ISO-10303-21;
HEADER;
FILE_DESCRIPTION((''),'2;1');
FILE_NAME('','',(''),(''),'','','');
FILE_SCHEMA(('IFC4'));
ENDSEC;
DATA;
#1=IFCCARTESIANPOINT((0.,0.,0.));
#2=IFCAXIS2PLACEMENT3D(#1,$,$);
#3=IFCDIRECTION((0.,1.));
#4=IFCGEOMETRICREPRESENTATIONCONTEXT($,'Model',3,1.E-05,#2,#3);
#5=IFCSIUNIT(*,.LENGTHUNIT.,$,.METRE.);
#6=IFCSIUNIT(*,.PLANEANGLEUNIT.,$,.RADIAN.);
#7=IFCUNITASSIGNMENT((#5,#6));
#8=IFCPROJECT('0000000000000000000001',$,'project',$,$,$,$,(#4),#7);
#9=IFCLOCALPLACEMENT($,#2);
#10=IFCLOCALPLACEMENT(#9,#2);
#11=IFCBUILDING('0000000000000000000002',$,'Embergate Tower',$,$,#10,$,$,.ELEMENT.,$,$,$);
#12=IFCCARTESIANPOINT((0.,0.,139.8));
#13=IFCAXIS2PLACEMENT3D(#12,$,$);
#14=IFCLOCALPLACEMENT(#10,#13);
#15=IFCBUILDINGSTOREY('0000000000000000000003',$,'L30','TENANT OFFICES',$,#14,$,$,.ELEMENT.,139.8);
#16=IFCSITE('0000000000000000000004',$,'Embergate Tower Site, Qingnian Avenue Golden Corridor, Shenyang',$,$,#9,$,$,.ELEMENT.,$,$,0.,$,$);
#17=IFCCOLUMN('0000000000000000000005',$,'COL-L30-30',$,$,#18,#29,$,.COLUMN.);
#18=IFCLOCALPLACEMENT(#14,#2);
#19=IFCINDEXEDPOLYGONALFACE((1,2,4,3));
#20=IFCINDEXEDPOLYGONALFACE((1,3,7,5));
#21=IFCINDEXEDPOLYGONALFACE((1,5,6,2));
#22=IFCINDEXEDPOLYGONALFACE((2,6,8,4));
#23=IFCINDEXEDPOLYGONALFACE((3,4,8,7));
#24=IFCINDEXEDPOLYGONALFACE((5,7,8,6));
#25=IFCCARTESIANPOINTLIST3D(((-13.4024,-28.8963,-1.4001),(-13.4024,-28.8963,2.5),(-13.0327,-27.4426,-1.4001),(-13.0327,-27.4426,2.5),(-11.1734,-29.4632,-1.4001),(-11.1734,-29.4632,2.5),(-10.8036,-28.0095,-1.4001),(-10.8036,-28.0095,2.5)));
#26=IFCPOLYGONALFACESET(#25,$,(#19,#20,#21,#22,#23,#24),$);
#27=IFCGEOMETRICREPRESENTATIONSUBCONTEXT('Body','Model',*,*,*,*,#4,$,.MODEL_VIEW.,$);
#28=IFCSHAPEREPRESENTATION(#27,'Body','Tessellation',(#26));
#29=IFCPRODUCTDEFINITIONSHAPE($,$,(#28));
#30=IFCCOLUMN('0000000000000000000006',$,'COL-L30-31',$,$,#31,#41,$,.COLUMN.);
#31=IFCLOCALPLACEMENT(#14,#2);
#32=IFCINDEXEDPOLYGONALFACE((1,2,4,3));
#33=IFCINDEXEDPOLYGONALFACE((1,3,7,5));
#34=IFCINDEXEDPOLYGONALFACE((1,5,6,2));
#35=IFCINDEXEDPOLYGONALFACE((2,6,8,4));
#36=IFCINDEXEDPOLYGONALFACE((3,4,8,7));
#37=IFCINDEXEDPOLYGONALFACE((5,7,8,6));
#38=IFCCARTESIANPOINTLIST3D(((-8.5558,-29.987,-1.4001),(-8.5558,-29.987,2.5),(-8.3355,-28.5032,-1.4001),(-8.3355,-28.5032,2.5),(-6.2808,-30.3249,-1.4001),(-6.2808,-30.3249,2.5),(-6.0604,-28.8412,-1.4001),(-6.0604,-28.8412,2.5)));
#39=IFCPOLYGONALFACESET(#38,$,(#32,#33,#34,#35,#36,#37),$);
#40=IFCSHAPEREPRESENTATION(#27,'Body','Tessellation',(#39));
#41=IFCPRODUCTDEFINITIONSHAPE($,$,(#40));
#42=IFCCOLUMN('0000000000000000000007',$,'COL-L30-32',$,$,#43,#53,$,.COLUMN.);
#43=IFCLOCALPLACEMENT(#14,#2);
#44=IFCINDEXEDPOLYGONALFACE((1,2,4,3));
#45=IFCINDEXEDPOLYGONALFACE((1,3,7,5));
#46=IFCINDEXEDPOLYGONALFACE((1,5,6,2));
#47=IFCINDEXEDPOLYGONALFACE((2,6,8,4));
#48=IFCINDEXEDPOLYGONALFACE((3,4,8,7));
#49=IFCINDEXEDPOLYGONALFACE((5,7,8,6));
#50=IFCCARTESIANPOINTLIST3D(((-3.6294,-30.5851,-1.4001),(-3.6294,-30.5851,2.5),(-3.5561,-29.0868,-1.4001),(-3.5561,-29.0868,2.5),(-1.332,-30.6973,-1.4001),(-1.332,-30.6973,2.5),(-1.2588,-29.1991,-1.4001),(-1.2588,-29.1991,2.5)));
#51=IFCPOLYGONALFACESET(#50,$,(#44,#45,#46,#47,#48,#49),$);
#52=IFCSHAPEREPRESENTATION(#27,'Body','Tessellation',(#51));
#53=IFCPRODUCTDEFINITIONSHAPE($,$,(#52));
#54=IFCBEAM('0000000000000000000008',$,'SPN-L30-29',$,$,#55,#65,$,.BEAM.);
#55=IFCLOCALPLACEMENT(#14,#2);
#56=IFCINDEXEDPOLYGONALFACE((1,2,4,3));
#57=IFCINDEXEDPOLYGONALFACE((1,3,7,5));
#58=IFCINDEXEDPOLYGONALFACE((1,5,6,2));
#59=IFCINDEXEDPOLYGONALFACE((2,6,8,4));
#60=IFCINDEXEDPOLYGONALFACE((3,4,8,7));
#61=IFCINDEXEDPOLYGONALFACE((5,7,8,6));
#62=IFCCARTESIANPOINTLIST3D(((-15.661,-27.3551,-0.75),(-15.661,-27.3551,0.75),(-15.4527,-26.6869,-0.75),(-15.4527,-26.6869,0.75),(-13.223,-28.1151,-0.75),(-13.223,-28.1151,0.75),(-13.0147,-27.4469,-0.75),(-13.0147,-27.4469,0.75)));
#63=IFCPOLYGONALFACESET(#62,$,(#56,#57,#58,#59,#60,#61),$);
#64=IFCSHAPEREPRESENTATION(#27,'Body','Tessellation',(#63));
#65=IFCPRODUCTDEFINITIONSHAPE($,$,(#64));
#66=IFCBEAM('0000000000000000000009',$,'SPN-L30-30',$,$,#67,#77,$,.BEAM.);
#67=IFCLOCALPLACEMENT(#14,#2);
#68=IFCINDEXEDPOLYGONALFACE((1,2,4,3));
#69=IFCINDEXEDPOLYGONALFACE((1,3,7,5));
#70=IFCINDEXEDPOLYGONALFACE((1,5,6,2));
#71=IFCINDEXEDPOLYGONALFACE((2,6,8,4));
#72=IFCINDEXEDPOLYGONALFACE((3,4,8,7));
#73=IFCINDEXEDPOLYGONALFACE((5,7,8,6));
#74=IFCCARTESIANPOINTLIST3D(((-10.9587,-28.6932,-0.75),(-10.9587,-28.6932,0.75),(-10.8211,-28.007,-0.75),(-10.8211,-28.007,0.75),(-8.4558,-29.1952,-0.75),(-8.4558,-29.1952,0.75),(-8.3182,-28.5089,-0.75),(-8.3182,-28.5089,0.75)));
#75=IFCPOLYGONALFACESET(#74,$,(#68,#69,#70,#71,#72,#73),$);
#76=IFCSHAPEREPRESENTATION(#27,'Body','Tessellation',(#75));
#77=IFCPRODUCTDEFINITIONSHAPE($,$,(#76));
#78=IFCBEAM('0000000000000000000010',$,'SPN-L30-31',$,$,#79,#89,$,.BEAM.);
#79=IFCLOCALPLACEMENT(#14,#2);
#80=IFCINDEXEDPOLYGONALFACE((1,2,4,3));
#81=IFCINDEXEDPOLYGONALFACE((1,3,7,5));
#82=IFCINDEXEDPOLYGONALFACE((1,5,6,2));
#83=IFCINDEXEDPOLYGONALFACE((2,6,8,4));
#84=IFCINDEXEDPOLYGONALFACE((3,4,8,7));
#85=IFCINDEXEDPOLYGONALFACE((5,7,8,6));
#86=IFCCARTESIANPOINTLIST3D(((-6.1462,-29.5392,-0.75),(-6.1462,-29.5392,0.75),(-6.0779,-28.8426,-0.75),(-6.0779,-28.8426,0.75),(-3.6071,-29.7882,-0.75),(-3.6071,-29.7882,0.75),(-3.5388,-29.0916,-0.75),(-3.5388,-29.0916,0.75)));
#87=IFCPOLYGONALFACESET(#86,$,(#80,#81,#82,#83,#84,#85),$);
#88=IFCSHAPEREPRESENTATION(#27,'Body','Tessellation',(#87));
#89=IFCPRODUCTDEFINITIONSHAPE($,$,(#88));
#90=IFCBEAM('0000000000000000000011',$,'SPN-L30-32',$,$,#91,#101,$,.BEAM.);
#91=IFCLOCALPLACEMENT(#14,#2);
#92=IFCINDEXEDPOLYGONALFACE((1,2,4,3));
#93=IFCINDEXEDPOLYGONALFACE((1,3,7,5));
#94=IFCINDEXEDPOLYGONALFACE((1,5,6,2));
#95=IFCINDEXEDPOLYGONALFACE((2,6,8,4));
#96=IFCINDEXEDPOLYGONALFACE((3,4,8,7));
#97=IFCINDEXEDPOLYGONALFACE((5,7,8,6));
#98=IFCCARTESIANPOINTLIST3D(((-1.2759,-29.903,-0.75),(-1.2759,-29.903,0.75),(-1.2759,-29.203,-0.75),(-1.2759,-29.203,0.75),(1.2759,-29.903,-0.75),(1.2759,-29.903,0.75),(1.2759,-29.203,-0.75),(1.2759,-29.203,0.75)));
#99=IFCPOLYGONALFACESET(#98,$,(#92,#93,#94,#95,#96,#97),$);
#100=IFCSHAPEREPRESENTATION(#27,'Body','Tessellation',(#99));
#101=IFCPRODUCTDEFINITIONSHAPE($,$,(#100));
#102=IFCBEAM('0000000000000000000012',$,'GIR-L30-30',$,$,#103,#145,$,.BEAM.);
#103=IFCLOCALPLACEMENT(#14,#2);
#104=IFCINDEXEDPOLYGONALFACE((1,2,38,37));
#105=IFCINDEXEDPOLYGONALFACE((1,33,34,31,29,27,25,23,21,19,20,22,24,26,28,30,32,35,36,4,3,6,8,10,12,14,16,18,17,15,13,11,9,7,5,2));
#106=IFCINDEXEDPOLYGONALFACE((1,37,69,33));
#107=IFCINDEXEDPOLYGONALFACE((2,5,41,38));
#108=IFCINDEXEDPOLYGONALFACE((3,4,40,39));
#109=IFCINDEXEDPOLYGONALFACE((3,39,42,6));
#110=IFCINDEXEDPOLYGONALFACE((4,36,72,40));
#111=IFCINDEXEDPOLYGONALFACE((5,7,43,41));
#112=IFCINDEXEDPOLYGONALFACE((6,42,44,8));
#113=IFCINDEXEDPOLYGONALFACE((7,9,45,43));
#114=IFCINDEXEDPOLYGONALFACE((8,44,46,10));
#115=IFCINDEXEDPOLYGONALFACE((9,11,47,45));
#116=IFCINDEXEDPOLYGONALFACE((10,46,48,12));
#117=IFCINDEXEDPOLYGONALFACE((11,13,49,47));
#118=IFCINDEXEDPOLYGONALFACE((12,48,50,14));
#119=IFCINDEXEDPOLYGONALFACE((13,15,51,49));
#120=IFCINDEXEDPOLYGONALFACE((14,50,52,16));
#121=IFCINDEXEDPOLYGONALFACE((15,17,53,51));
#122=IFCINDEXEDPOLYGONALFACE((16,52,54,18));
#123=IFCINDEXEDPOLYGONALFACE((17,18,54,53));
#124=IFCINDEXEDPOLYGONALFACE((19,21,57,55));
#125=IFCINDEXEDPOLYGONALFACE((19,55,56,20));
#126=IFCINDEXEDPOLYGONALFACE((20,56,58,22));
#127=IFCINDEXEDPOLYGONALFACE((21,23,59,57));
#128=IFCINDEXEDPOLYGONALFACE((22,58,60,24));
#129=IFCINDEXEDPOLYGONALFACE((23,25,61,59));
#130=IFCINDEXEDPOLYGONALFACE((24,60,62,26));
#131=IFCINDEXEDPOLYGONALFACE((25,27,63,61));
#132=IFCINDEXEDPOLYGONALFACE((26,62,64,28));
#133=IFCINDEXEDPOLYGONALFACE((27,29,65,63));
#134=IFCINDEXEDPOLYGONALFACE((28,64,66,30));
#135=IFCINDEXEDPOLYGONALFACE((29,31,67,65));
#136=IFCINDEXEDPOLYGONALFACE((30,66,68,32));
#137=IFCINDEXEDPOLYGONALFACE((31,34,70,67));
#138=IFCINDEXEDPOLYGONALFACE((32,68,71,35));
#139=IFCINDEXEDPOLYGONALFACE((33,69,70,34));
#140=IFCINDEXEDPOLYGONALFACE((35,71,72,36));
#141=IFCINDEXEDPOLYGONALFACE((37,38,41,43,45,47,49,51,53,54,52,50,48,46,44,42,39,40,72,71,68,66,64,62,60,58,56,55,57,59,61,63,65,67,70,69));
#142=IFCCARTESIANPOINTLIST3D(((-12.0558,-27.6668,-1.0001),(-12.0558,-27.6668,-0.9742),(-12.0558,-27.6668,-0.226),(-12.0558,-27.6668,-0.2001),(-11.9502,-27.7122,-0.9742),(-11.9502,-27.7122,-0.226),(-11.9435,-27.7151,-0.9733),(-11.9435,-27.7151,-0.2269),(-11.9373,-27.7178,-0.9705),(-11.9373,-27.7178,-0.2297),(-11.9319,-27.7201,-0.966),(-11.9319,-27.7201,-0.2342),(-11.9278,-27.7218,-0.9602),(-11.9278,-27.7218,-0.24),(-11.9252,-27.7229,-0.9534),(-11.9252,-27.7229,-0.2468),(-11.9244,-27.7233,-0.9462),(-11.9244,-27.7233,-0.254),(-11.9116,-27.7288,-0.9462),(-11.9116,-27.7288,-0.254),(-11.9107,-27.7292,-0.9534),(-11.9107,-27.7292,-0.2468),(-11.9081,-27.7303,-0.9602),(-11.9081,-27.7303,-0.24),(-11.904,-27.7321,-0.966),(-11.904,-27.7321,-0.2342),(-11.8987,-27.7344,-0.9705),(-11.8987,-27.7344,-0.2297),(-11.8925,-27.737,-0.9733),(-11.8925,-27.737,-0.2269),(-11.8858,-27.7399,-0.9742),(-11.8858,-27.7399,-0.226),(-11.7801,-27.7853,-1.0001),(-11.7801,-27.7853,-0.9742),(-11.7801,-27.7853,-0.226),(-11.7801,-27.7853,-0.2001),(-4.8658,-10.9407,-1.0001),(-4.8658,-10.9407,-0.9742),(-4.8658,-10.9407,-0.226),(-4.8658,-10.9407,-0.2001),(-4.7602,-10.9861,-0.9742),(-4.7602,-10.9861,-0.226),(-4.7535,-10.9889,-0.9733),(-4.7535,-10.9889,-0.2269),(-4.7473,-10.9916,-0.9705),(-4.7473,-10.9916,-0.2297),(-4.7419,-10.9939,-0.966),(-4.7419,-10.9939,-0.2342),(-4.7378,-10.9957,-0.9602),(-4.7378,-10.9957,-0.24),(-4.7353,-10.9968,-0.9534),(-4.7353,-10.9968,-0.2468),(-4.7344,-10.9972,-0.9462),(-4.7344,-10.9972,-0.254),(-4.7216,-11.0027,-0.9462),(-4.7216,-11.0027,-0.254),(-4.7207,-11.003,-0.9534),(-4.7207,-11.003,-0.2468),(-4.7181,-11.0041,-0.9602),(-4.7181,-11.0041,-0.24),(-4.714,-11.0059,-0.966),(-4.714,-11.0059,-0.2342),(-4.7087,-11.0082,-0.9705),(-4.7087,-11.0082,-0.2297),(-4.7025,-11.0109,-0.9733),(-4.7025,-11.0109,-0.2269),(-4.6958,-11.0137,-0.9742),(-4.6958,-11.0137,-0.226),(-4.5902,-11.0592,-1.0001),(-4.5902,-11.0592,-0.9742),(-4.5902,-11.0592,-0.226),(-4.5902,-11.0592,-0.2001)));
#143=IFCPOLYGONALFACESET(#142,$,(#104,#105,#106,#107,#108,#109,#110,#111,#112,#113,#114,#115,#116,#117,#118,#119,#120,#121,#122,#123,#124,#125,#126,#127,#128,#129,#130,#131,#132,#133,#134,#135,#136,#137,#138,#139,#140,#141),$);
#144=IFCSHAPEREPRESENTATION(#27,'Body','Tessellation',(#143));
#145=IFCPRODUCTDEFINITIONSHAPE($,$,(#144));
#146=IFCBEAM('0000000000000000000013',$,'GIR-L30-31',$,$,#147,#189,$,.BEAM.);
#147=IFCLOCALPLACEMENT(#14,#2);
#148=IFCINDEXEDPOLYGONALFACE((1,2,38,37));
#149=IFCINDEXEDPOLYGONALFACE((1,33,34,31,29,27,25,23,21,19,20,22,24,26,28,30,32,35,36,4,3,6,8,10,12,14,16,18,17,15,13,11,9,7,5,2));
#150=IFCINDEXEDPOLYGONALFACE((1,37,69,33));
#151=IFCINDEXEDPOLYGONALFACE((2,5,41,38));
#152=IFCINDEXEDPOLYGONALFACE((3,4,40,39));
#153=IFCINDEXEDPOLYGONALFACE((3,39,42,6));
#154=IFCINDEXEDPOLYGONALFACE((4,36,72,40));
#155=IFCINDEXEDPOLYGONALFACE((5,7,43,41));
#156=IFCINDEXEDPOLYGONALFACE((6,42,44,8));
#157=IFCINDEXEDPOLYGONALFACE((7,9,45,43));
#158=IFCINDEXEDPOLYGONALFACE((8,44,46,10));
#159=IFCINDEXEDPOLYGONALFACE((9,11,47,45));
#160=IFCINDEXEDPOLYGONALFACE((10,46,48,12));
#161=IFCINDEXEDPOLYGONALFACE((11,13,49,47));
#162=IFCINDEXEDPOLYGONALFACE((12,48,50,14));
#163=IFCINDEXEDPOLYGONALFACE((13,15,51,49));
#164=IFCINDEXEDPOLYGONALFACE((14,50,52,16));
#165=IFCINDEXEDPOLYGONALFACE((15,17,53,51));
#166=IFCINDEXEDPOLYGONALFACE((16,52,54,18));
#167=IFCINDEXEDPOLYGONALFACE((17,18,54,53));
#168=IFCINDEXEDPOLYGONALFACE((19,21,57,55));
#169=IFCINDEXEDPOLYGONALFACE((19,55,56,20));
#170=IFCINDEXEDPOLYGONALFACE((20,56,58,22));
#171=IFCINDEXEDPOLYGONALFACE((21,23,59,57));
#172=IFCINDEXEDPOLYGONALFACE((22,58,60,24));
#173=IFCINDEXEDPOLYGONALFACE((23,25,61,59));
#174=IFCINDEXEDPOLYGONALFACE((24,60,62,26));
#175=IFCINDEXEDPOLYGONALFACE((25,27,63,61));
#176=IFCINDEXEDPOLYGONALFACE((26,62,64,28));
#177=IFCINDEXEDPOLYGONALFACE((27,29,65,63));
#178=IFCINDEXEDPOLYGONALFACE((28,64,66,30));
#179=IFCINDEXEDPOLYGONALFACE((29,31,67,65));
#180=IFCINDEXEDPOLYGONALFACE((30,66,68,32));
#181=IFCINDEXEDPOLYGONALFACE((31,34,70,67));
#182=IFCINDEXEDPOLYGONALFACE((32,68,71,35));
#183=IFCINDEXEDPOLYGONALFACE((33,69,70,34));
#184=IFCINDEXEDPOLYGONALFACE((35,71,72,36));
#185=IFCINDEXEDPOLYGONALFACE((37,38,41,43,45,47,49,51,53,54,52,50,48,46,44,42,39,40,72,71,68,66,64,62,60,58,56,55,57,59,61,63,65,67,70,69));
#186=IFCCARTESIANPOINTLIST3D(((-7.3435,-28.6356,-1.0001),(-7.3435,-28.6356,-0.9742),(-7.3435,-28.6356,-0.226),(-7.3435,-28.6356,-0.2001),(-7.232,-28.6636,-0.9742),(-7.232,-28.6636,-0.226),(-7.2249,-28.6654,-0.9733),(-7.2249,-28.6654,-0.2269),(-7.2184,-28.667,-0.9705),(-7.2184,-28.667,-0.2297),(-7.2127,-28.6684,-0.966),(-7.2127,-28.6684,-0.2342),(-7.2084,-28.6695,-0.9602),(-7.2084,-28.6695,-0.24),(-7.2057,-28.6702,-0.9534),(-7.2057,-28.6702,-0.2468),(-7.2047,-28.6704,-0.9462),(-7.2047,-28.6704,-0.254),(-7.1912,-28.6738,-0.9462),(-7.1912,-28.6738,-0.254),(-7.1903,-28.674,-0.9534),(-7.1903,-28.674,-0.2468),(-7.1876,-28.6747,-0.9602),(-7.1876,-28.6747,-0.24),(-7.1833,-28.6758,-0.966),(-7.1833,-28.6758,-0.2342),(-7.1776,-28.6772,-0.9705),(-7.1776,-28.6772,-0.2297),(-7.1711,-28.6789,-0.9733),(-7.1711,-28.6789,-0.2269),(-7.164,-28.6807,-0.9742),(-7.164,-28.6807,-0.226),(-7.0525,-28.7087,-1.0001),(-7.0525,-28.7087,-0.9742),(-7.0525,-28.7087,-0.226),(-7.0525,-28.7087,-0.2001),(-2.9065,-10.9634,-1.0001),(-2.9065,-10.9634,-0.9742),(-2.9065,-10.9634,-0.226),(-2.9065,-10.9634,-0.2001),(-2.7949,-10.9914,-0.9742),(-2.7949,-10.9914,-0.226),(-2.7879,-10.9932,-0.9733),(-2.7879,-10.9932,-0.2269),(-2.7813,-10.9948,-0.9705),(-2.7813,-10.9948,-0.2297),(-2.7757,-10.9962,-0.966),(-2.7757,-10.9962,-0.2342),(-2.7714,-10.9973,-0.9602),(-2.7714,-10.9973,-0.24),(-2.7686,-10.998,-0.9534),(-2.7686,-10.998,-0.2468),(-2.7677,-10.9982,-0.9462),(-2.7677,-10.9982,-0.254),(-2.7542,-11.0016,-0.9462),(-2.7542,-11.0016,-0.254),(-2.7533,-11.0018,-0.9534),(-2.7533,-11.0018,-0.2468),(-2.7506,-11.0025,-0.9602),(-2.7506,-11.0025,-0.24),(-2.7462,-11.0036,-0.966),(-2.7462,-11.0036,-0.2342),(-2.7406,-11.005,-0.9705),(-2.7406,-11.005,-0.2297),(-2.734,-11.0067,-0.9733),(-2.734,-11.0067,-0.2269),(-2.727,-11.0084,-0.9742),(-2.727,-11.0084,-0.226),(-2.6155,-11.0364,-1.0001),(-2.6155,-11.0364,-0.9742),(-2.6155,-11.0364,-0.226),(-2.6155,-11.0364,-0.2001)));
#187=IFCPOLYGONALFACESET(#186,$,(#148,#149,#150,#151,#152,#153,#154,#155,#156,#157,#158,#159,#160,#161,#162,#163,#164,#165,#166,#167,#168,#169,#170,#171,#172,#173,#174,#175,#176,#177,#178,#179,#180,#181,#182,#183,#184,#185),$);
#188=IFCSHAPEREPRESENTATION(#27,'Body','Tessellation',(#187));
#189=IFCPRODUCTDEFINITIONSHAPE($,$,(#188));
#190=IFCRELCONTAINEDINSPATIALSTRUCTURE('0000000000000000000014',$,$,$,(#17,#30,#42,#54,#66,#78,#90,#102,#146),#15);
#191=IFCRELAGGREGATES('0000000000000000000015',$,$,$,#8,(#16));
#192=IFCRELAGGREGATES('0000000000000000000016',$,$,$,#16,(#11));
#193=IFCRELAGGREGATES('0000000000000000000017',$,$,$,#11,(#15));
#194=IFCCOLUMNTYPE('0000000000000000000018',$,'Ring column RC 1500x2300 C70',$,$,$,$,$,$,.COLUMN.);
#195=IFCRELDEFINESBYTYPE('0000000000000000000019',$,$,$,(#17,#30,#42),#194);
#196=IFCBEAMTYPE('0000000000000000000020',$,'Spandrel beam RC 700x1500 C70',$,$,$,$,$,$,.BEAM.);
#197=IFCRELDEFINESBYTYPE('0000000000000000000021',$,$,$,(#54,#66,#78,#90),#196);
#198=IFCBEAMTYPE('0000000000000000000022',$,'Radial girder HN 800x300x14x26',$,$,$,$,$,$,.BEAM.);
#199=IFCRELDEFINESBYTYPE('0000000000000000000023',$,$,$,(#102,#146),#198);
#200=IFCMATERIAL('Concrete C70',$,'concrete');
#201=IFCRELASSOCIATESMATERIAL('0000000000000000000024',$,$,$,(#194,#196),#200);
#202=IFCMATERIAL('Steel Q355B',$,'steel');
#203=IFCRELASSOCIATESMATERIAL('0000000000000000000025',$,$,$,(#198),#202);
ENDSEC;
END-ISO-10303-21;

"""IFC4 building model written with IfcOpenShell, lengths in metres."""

from ifc_helpers import new_model, si_unit, direction, frame, origin, origin_2d, place, context, subcontext, project, spatial, rectangle, i_section, extrude, source, transform, mapped, material, material_profile, profile_set, type_object, element, save


model = new_model("IFC4")

# Units and contexts
model_context = context("Model", 3, precision=1e-05, world=origin(), true_north=direction((0.0, 1.0)))
body_context = subcontext(model_context, "Body", "Model", "MODEL_VIEW")
ifc_project = project(units=[si_unit("LENGTHUNIT", "METRE"), si_unit("PLANEANGLEUNIT", "RADIAN")], contexts=[model_context])

# Site, building, storey
site_placement = place(None, origin())
site = spatial("IfcSite", under=ifc_project, at=site_placement, Name="Embergate Tower Site, Qingnian Avenue Golden Corridor, Shenyang", CompositionType="ELEMENT", RefElevation=0.0)
building_placement = place(site_placement, origin())
building = spatial("IfcBuilding", under=site, at=building_placement, Name="Embergate Tower", CompositionType="ELEMENT")
storey_placement = place(building_placement, frame((0.0, 0.0, 139.8)))
storey = spatial("IfcBuildingStorey", under=building, at=storey_placement, Name="L30", Description="TENANT OFFICES", CompositionType="ELEMENT", Elevation=139.8)

# Columns
ifc_material_1 = material(Name="Concrete C70", Category="concrete")
ifc_material_profile_1 = material_profile(ifc_material_1, rectangle(XDim=1.5, YDim=2.3, at=origin_2d()), Name="RC 1500x2300")
ifc_profile_set_1 = profile_set([ifc_material_profile_1], Name="Concrete C70")
column_type = type_object("IfcColumnType", Name="Ring column RC 1500x2300 C70", PredefinedType="COLUMN", material=ifc_profile_set_1)
shared_shape_1 = source(origin(), body_context, "Body", "SweptSolid", [
    extrude(rectangle(XDim=1.5, YDim=2.3, at=origin_2d()), origin(), (0.0, 0.0, 1.0), 3.9001),
])
for number, where, z_axis, x_axis, name in (
    (1, (-12.103, -28.4529, -1.4001), (0.0, 0.0, 1.0), (-0.246492, -0.969145, 0.0), "COL-L30-30"),
    (2, (-7.3081, -29.4141, -1.4001), (0.0, 0.0, 1.0), (-0.146929, -0.989147, 0.0), "COL-L30-31"),
    (3, (-2.4441, -29.8921, -1.4001), (0.0, 0.0, 1.0), (-0.048815, -0.998808, 0.0), "COL-L30-32"),
):
    element("IfcColumn", number, at=place(storey_placement, frame(where, z_axis=z_axis, x_axis=x_axis)), inside=storey, type_object=column_type, Name=name, PredefinedType="COLUMN", context=body_context, shape_type="MappedRepresentation", body=[
        mapped(shared_shape_1, transform((0.0, 0.0, 0.0))),
    ])

# Beams
ifc_material_profile_2 = material_profile(ifc_material_1, rectangle(XDim=0.7, YDim=1.5, at=origin_2d()), Name="RC 700x1500")
ifc_profile_set_2 = profile_set([ifc_material_profile_2], Name="Concrete C70")
beam_type_1 = type_object("IfcBeamType", Name="Spandrel beam RC 700x1500 C70", PredefinedType="BEAM", material=ifc_profile_set_2)
shared_shape_2 = source(origin(), body_context, "Body", "SweptSolid", [
    extrude(rectangle(XDim=0.7, YDim=1.5, at=origin_2d()), origin(), (0.0, 0.0, 1.0), 2.5537),
])
beam_1_placement = place(storey_placement, frame((-15.5569, -27.021, 0.0), z_axis=(0.954687, -0.297611, 0.0), x_axis=(0.297611, 0.954687, 0.0)))
element("IfcBeam", 4, at=beam_1_placement, inside=storey, type_object=beam_type_1, Name="SPN-L30-29", PredefinedType="BEAM", context=body_context, shape_type="MappedRepresentation", body=[
    mapped(shared_shape_2, transform((0.0, 0.0, 0.0))),
])
shared_shape_3 = source(origin(), body_context, "Body", "SweptSolid", [
    extrude(rectangle(XDim=0.7, YDim=1.5, at=origin_2d()), origin(), (0.0, 0.0, 1.0), 2.5527),
])
beam_2_placement = place(storey_placement, frame((-10.8899, -28.3501, 0.0), z_axis=(0.980478, -0.196631, 0.0), x_axis=(0.196631, 0.980478, 0.0)))
element("IfcBeam", 5, at=beam_2_placement, inside=storey, type_object=beam_type_1, Name="SPN-L30-30", PredefinedType="BEAM", context=body_context, shape_type="MappedRepresentation", body=[
    mapped(shared_shape_3, transform((0.0, 0.0, 0.0))),
])
shared_shape_4 = source(origin(), body_context, "Body", "SweptSolid", [
    extrude(rectangle(XDim=0.7, YDim=1.5, at=origin_2d()), origin(), (0.0, 0.0, 1.0), 2.5513),
])
beam_3_placement = place(storey_placement, frame((-6.1121, -29.1909, 0.0), z_axis=(0.995225, -0.097609, 0.0), x_axis=(0.097609, 0.995225, 0.0)))
element("IfcBeam", 6, at=beam_3_placement, inside=storey, type_object=beam_type_1, Name="SPN-L30-31", PredefinedType="BEAM", context=body_context, shape_type="MappedRepresentation", body=[
    mapped(shared_shape_4, transform((0.0, 0.0, 0.0))),
])
shared_shape_5 = source(origin(), body_context, "Body", "SweptSolid", [
    extrude(rectangle(XDim=0.7, YDim=1.5, at=origin_2d()), origin(), (0.0, 0.0, 1.0), 2.5518),
])
beam_4_placement = place(storey_placement, frame((-1.2759, -29.553, 0.0), z_axis=(1.0, 0.0, 0.0), x_axis=(0.0, 1.0, 0.0)))
element("IfcBeam", 7, at=beam_4_placement, inside=storey, type_object=beam_type_1, Name="SPN-L30-32", PredefinedType="BEAM", context=body_context, shape_type="MappedRepresentation", body=[
    mapped(shared_shape_5, transform((0.0, 0.0, 0.0))),
])
ifc_material_2 = material(Name="Steel Q355B", Category="steel")
ifc_material_profile_3 = material_profile(ifc_material_2, i_section(OverallWidth=0.3, OverallDepth=0.8, WebThickness=0.0139, FlangeThickness=0.0259, FilletRadius=0.0281, at=origin_2d()), Name="HN 800x300x14x26")
ifc_profile_set_3 = profile_set([ifc_material_profile_3], Name="Steel Q355 grade B")
beam_type_2 = type_object("IfcBeamType", Name="Radial girder HN 800x300x14x26", PredefinedType="BEAM", material=ifc_profile_set_3)
shared_shape_6 = source(origin(), body_context, "Body", "SweptSolid", [
    extrude(i_section(OverallWidth=0.3, OverallDepth=0.8, WebThickness=0.0139, FlangeThickness=0.0259, FilletRadius=0.0281, at=origin_2d()), origin(), (0.0, 0.0, 1.0), 18.2061),
])
beam_5_placement = place(storey_placement, frame((-11.918, -27.7261, -0.6001), z_axis=(0.394922, 0.918714, 0.0), x_axis=(-0.918714, 0.394922, 0.0)))
element("IfcBeam", 8, at=beam_5_placement, inside=storey, type_object=beam_type_2, Name="GIR-L30-30", PredefinedType="BEAM", context=body_context, shape_type="MappedRepresentation", body=[
    mapped(shared_shape_6, transform((0.0, 0.0, 0.0))),
])
shared_shape_7 = source(origin(), body_context, "Body", "SweptSolid", [
    extrude(i_section(OverallWidth=0.3, OverallDepth=0.8, WebThickness=0.0139, FlangeThickness=0.0259, FilletRadius=0.0281, at=origin_2d()), origin(), (0.0, 0.0, 1.0), 18.2207),
])
beam_6_placement = place(storey_placement, frame((-7.198, -28.6721, -0.6001), z_axis=(0.243516, 0.969897, 0.0), x_axis=(-0.969897, 0.243516, 0.0)))
element("IfcBeam", 9, at=beam_6_placement, inside=storey, type_object=beam_type_2, Name="GIR-L30-31", PredefinedType="BEAM", context=body_context, shape_type="MappedRepresentation", body=[
    mapped(shared_shape_7, transform((0.0, 0.0, 0.0))),
])

save(model, "model.ifc")
